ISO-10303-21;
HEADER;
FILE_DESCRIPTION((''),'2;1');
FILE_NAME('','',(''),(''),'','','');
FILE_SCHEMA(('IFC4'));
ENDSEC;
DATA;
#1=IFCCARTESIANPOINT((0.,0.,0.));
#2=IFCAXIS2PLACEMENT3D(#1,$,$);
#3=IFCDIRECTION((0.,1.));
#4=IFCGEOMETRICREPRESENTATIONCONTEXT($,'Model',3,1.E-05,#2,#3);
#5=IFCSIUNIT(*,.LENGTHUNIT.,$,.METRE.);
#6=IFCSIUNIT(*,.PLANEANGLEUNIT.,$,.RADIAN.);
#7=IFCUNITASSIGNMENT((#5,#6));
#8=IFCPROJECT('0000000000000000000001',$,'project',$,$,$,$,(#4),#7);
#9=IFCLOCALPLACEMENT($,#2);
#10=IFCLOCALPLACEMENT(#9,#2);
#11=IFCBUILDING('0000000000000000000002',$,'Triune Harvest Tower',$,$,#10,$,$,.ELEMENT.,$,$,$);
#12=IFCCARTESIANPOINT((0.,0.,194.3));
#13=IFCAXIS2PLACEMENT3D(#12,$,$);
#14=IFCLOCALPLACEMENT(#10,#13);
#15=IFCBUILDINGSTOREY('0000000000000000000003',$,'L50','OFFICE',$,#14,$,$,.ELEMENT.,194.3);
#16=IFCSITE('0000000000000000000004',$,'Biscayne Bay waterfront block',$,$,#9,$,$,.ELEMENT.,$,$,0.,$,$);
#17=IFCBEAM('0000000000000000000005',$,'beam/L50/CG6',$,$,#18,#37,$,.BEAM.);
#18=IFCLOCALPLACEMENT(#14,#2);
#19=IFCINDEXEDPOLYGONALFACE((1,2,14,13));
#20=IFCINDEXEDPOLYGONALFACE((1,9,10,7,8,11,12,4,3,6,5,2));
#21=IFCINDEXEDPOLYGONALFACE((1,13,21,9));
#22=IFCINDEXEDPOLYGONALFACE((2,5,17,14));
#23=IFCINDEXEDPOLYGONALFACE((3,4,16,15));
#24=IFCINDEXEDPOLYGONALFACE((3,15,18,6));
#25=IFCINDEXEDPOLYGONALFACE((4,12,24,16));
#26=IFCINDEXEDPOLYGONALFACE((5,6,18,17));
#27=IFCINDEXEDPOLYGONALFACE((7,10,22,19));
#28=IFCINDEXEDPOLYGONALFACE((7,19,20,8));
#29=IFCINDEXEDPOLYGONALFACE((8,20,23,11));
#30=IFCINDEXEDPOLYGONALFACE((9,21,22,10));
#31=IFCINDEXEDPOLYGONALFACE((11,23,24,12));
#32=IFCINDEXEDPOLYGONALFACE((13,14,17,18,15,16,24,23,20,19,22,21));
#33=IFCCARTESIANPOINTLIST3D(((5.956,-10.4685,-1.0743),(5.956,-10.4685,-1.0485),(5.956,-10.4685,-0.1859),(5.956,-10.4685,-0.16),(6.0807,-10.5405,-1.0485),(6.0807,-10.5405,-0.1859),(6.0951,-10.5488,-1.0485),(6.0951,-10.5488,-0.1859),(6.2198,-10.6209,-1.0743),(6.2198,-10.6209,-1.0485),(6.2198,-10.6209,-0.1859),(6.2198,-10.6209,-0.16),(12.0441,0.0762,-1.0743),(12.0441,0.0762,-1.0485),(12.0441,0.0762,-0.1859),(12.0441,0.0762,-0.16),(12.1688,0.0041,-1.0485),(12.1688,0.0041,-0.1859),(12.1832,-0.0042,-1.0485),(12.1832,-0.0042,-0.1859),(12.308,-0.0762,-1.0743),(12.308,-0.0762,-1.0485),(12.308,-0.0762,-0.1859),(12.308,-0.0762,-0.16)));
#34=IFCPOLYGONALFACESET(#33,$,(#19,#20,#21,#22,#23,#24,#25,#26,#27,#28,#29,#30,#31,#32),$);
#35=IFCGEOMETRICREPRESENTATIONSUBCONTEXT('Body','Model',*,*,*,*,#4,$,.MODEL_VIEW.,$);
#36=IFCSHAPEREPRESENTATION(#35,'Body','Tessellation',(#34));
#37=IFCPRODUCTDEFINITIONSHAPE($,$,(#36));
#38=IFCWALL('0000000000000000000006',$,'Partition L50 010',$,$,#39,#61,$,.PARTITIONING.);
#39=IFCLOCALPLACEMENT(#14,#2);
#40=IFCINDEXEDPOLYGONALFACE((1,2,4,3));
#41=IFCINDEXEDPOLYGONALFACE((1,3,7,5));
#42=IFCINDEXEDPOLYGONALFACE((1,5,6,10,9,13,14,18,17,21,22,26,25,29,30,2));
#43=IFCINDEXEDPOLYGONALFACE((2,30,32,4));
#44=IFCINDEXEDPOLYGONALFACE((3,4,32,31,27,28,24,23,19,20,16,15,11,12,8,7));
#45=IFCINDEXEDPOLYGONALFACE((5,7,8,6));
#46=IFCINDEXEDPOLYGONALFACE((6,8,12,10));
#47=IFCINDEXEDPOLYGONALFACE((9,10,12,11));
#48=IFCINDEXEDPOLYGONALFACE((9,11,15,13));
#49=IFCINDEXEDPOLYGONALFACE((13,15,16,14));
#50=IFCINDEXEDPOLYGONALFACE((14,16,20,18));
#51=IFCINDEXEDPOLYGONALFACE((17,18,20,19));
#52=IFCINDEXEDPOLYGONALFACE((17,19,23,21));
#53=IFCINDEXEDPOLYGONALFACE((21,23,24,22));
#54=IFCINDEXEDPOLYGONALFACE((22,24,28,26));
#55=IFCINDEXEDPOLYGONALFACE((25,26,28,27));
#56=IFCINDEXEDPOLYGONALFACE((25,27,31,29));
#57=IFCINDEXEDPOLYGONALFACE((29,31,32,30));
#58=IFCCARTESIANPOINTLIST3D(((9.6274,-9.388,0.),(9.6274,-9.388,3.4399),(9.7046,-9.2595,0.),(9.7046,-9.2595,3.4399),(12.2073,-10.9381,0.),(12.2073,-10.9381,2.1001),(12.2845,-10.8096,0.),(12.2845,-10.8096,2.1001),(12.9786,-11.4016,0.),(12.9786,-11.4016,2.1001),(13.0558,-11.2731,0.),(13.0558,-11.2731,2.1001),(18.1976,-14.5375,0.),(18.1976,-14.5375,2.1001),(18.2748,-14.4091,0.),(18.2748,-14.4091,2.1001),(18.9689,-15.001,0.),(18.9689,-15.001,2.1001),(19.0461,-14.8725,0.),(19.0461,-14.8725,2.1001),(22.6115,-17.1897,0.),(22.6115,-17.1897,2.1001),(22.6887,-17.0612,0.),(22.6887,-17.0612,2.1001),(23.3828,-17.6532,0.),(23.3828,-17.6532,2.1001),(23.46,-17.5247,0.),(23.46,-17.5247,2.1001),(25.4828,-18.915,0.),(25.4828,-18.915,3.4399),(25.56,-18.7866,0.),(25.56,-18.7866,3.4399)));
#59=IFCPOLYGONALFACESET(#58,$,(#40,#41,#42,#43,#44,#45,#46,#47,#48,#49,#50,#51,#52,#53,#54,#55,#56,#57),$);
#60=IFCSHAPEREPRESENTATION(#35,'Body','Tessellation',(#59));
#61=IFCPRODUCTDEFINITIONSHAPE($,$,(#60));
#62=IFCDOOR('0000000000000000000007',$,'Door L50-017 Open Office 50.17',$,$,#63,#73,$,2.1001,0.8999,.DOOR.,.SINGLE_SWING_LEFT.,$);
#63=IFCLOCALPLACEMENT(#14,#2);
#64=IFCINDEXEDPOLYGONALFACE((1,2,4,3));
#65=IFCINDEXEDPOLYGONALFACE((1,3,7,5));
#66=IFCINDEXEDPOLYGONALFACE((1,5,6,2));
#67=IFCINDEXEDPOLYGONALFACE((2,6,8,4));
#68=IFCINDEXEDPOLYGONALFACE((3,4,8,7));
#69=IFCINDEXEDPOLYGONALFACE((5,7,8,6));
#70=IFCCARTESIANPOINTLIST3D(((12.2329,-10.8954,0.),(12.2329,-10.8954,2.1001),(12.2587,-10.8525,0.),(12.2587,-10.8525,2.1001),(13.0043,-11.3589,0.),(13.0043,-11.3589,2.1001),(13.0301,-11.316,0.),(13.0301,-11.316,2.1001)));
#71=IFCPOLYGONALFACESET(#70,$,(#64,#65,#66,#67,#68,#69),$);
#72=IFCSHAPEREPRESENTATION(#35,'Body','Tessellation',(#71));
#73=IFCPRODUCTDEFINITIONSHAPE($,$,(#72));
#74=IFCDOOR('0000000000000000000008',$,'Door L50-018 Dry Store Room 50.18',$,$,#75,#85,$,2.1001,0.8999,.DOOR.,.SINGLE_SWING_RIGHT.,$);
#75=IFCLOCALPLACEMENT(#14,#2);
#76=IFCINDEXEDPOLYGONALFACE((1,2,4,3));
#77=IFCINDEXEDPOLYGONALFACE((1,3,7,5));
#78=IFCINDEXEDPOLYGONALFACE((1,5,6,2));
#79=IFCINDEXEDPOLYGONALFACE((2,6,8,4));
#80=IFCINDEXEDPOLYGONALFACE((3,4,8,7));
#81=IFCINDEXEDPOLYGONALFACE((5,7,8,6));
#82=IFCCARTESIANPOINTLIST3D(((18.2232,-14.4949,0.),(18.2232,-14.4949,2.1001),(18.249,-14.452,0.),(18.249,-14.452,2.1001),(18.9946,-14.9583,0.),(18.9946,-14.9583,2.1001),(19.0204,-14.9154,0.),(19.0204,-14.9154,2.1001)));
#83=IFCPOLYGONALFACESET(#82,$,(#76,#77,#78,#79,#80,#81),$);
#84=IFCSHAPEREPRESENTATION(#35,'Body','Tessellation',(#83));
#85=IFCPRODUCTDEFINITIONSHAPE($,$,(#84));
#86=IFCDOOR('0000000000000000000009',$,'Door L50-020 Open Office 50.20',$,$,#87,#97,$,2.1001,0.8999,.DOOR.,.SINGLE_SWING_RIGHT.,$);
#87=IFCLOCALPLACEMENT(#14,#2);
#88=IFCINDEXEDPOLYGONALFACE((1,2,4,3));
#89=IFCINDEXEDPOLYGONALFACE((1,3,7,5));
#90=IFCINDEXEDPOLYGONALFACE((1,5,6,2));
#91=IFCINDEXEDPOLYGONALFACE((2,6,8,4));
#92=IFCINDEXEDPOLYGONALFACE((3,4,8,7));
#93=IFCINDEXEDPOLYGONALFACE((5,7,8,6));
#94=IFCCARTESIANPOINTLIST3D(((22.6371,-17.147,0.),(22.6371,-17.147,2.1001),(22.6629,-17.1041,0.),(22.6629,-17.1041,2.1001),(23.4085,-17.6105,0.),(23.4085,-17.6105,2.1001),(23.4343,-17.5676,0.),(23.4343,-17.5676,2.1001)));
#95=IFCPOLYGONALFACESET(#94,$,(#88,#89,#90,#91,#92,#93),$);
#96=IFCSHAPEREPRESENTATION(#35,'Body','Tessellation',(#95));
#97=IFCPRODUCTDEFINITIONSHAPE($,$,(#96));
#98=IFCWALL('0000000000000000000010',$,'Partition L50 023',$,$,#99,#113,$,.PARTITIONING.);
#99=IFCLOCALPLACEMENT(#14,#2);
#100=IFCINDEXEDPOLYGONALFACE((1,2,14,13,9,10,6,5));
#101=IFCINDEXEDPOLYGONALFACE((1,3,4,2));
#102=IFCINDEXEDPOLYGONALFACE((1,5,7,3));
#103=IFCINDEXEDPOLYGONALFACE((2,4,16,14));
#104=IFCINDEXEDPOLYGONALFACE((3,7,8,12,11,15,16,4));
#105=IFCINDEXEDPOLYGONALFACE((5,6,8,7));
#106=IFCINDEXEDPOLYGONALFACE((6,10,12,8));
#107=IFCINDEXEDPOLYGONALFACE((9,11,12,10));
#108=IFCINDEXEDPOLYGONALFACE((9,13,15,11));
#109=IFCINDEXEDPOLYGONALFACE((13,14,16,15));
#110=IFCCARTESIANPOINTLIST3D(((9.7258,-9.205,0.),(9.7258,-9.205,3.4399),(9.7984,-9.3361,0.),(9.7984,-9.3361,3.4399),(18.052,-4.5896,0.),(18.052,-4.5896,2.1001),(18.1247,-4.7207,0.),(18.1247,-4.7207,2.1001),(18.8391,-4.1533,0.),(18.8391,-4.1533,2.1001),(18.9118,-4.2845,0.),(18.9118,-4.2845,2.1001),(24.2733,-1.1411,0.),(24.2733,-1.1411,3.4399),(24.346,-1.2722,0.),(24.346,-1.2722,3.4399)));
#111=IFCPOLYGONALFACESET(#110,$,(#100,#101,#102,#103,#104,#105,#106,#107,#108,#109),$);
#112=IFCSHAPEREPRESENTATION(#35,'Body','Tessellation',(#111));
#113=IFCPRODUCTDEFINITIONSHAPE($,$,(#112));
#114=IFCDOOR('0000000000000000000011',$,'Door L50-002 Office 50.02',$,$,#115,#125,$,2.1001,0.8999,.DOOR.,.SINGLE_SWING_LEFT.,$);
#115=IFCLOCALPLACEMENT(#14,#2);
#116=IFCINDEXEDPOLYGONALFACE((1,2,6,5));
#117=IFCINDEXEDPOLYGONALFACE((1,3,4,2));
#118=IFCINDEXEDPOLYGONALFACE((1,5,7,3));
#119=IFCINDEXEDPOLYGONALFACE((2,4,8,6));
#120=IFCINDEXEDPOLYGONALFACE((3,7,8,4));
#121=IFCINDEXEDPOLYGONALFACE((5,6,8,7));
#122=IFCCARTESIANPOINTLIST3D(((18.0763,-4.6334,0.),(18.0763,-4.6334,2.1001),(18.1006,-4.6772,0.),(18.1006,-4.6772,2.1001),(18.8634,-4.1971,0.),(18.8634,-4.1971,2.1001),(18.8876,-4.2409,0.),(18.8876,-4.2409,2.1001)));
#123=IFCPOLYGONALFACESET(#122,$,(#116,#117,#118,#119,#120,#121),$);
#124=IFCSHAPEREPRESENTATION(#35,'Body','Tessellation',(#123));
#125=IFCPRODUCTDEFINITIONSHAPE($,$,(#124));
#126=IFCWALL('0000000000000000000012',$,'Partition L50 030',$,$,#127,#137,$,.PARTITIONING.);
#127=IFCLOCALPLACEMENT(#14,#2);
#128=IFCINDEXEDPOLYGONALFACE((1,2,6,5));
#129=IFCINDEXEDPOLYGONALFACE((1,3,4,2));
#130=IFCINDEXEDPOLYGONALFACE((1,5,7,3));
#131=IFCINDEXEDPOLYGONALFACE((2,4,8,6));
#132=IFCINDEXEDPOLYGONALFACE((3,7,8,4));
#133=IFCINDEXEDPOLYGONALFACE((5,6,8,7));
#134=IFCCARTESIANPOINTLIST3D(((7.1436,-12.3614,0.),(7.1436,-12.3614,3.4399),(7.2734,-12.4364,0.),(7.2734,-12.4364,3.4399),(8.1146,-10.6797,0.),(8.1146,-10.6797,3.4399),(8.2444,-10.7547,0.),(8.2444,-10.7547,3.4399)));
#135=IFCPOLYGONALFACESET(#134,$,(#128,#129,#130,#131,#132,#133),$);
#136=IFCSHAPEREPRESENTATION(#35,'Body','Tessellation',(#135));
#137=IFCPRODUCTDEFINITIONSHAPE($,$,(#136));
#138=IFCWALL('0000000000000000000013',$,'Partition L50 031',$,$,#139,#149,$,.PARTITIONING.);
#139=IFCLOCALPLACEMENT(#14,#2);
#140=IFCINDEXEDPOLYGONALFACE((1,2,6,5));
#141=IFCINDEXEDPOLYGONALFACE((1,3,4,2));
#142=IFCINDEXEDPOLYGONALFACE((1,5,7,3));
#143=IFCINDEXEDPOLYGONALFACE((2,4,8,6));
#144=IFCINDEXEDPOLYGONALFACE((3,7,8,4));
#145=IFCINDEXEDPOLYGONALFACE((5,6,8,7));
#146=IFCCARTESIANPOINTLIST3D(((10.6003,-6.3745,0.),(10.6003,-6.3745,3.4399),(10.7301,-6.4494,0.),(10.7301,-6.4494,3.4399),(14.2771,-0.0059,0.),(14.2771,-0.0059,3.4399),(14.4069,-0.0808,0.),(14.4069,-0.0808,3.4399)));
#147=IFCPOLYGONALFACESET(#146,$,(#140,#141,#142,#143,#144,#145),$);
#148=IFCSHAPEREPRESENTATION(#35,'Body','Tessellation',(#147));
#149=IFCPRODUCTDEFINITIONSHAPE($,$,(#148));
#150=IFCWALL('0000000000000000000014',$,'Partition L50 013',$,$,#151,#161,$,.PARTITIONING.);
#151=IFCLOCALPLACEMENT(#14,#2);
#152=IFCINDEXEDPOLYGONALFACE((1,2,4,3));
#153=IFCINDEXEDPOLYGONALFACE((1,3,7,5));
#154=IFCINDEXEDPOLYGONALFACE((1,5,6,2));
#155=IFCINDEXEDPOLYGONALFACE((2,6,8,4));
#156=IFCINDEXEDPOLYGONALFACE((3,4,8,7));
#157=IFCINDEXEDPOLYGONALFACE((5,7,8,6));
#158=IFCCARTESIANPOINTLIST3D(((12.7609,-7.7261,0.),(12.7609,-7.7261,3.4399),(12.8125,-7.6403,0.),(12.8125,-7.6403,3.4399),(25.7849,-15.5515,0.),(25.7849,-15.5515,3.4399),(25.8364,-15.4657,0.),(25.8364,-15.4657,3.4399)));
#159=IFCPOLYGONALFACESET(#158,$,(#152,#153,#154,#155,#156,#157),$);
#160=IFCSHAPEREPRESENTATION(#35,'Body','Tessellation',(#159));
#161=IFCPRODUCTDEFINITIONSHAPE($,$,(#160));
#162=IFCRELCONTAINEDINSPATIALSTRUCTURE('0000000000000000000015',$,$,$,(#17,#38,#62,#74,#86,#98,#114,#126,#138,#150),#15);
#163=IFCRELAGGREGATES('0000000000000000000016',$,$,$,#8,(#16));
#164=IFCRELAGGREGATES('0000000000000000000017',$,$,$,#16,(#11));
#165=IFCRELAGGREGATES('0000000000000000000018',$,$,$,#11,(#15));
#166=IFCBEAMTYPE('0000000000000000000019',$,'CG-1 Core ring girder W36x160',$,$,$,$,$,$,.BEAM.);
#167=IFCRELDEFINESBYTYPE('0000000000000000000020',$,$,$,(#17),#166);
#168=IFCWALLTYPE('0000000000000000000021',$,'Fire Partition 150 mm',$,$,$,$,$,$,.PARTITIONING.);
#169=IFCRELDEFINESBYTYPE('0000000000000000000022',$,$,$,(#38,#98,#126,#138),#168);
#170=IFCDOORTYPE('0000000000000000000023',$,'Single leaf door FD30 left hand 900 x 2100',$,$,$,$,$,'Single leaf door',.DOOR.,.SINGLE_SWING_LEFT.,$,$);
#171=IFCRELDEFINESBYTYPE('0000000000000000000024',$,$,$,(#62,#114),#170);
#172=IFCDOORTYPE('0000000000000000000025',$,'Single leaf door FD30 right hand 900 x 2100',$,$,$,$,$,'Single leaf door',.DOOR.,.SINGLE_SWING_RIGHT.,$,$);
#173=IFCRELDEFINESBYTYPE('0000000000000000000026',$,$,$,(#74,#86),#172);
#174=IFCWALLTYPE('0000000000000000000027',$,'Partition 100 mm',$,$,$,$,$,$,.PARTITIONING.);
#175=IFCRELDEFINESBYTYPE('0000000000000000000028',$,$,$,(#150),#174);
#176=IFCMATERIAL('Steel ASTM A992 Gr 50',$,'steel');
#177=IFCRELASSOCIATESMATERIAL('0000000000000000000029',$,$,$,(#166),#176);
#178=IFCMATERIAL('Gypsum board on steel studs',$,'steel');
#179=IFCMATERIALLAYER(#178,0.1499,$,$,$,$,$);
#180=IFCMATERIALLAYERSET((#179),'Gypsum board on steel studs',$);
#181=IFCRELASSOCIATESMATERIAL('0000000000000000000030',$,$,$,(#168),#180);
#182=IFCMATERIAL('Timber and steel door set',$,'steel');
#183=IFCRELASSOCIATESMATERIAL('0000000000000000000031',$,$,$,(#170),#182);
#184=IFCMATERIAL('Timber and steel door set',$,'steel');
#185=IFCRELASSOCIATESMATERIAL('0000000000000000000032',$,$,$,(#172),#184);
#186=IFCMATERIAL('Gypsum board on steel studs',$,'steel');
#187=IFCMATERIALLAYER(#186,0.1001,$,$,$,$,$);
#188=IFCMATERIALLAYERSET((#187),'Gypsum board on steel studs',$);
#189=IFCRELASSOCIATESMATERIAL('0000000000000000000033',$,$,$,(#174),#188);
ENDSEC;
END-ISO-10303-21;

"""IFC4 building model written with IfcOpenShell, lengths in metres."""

from ifc_helpers import new_model, si_unit, direction, frame, frame_2d, origin, origin_2d, place, context, subcontext, project, spatial, rectangle, i_section, extrude, source, transform, mapped, material, layer, layer_set, material_profile, profile_set, type_object, element, fill, save


model = new_model("IFC4")

# Units and contexts
model_context = context("Model", 3, precision=1e-05, world=origin(), true_north=direction((0.0, 1.0)))
body_context = subcontext(model_context, "Body", "Model", "MODEL_VIEW")
ifc_project = project(units=[si_unit("LENGTHUNIT", "METRE"), si_unit("PLANEANGLEUNIT", "RADIAN")], contexts=[model_context])

# Site, building, storey
site_placement = place(None, origin())
site = spatial("IfcSite", under=ifc_project, at=site_placement, Name="Biscayne Bay waterfront block", CompositionType="ELEMENT", RefElevation=0.0)
building_placement = place(site_placement, origin())
building = spatial("IfcBuilding", under=site, at=building_placement, Name="Triune Harvest Tower", CompositionType="ELEMENT")
storey_placement = place(building_placement, frame((0.0, 0.0, 194.3)))
storey = spatial("IfcBuildingStorey", under=building, at=storey_placement, Name="L50", Description="OFFICE", CompositionType="ELEMENT", Elevation=194.3)

# Beam
ifc_material_1 = material(Name="Steel ASTM A992 Gr 50", Category="steel")
ifc_material_profile = material_profile(ifc_material_1, i_section(OverallWidth=0.3047, OverallDepth=0.9143, WebThickness=0.0166, FlangeThickness=0.0259, at=origin_2d()), Name="W36x160")
ifc_profile_set = profile_set([ifc_material_profile], Name="Steel ASTM A992 Gr 50")
beam_type = type_object("IfcBeamType", Name="CG-1 Core ring girder W36x160", PredefinedType="BEAM", material=ifc_profile_set)
shared_shape_1 = source(origin(), body_context, "Body", "SweptSolid", [
    extrude(i_section(OverallWidth=0.3047, OverallDepth=0.9143, WebThickness=0.0166, FlangeThickness=0.0259, at=origin_2d()), origin(), (0.0, 0.0, 1.0), 12.176),
])
beam_placement = place(storey_placement, frame((6.0879, -10.5447, -0.6172), z_axis=(0.50001, 0.86602, 0.0), x_axis=(-0.86602, 0.50001, 0.0)))
element("IfcBeam", 1, at=beam_placement, inside=storey, type_object=beam_type, Name="beam/L50/CG6", PredefinedType="BEAM", context=body_context, shape_type="MappedRepresentation", body=[
    mapped(shared_shape_1, transform((0.0, 0.0, 0.0), scale=1.0)),
])

# Wall, openings, doors
ifc_material_2 = material(Name="Gypsum board on steel studs", Category="steel")
ifc_layer_1 = layer(ifc_material_2, 0.1499)
ifc_layer_set_1 = layer_set([ifc_layer_1], Name="Gypsum board on steel studs")
wall_type_1 = type_object("IfcWallType", Name="Fire Partition 150 mm", PredefinedType="PARTITIONING", material=ifc_layer_set_1)
wall_1_placement = place(storey_placement, frame((9.666, -9.3237, 0.0), z_axis=(0.0, 0.0, 1.0), x_axis=(0.857163, -0.515045, 0.0)))
wall_1 = element("IfcWall", 2, at=wall_1_placement, inside=storey, type_object=wall_type_1, Name="Partition L50 010", PredefinedType="PARTITIONING", context=body_context, shape_type="SweptSolid", body=[
    extrude(rectangle(XDim=18.4976, YDim=0.1499, at=frame_2d((9.2488, 0.0))), origin(), (0.0, 0.0, 1.0), 3.4399),
])
opening_1_placement = place(wall_1_placement, frame((3.0098, 0.0, 0.0)))
opening_1 = element("IfcOpeningElement", 3, at=opening_1_placement, cuts=wall_1, PredefinedType="OPENING", context=body_context, shape_type="SweptSolid", body=[
    extrude(rectangle(XDim=0.8999, YDim=2.1001, at=frame_2d((0.45, 1.05))), frame((0.0, 0.085, 0.0), z_axis=(0.0, -1.0, 0.0), x_axis=(1.0, 0.0, 0.0)), (0.0, 0.0, 1.0), 0.1699),
])
opening_2_placement = place(wall_1_placement, frame((9.9983, 0.0, 0.0)))
opening_2 = element("IfcOpeningElement", 4, at=opening_2_placement, cuts=wall_1, PredefinedType="OPENING", context=body_context, shape_type="SweptSolid", body=[
    extrude(rectangle(XDim=0.8999, YDim=2.1001, at=frame_2d((0.45, 1.05))), frame((0.0, 0.085, 0.0), z_axis=(0.0, -1.0, 0.0), x_axis=(1.0, 0.0, 0.0)), (0.0, 0.0, 1.0), 0.1699),
])
opening_3_placement = place(wall_1_placement, frame((15.1477, 0.0, 0.0)))
opening_3 = element("IfcOpeningElement", 5, at=opening_3_placement, cuts=wall_1, PredefinedType="OPENING", context=body_context, shape_type="SweptSolid", body=[
    extrude(rectangle(XDim=0.8999, YDim=2.1001, at=frame_2d((0.45, 1.05))), frame((0.0, 0.085, 0.0), z_axis=(0.0, -1.0, 0.0), x_axis=(1.0, 0.0, 0.0)), (0.0, 0.0, 1.0), 0.1699),
])
ifc_material_3 = material(Name="Timber and steel door set", Category="steel")
door_type_1 = type_object("IfcDoorType", Name="Single leaf door FD30 left hand 900 x 2100", ElementType="Single leaf door", OperationType="SINGLE_SWING_LEFT", PredefinedType="DOOR", material=ifc_material_3)
door_1_placement = place(opening_1_placement, origin())
door_1 = element("IfcDoor", 6, at=door_1_placement, inside=storey, type_object=door_type_1, Name="Door L50-017 Open Office 50.17", OperationType="SINGLE_SWING_LEFT", OverallHeight=2.1001, OverallWidth=0.8999, PredefinedType="DOOR", context=body_context, shape_type="SweptSolid", body=[
    extrude(rectangle(XDim=0.8999, YDim=2.1001, at=frame_2d((0.45, 1.05))), frame((0.0, 0.0249, 0.0), z_axis=(0.0, -1.0, 0.0), x_axis=(1.0, 0.0, 0.0)), (0.0, 0.0, 1.0), 0.05),
])
fill(opening_1, door_1)
ifc_material_4 = material(Name="Timber and steel door set", Category="steel")
door_type_2 = type_object("IfcDoorType", Name="Single leaf door FD30 right hand 900 x 2100", ElementType="Single leaf door", OperationType="SINGLE_SWING_RIGHT", PredefinedType="DOOR", material=ifc_material_4)
door_2_placement = place(opening_2_placement, origin())
door_2 = element("IfcDoor", 7, at=door_2_placement, inside=storey, type_object=door_type_2, Name="Door L50-018 Dry Store Room 50.18", OperationType="SINGLE_SWING_RIGHT", OverallHeight=2.1001, OverallWidth=0.8999, PredefinedType="DOOR", context=body_context, shape_type="SweptSolid", body=[
    extrude(rectangle(XDim=0.8999, YDim=2.1001, at=frame_2d((0.45, 1.05))), frame((0.0, 0.0249, 0.0), z_axis=(0.0, -1.0, 0.0), x_axis=(1.0, 0.0, 0.0)), (0.0, 0.0, 1.0), 0.05),
])
fill(opening_2, door_2)
door_3_placement = place(opening_3_placement, origin())
door_3 = element("IfcDoor", 8, at=door_3_placement, inside=storey, type_object=door_type_2, Name="Door L50-020 Open Office 50.20", OperationType="SINGLE_SWING_RIGHT", OverallHeight=2.1001, OverallWidth=0.8999, PredefinedType="DOOR", context=body_context, shape_type="SweptSolid", body=[
    extrude(rectangle(XDim=0.8999, YDim=2.1001, at=frame_2d((0.45, 1.05))), frame((0.0, 0.0249, 0.0), z_axis=(0.0, -1.0, 0.0), x_axis=(1.0, 0.0, 0.0)), (0.0, 0.0, 1.0), 0.05),
])
fill(opening_3, door_3)

# Wall, opening, door
wall_2_placement = place(storey_placement, frame((9.7622, -9.2705, 0.0), z_axis=(0.0, 0.0, 1.0), x_axis=(0.874617, 0.484814, 0.0)))
wall_2 = element("IfcWall", 9, at=wall_2_placement, inside=storey, type_object=wall_type_1, Name="Partition L50 023", PredefinedType="PARTITIONING", context=body_context, shape_type="SweptSolid", body=[
    extrude(rectangle(XDim=16.6331, YDim=0.1499, at=frame_2d((8.3164, 0.0))), origin(), (0.0, 0.0, 1.0), 3.4399),
])
opening_4_placement = place(wall_2_placement, frame((9.5198, 0.0, 0.0)))
opening_4 = element("IfcOpeningElement", 10, at=opening_4_placement, cuts=wall_2, PredefinedType="OPENING", context=body_context, shape_type="SweptSolid", body=[
    extrude(rectangle(XDim=0.8999, YDim=2.1001, at=frame_2d((0.45, 1.05))), frame((0.0, 0.085, 0.0), z_axis=(0.0, -1.0, 0.0), x_axis=(1.0, 0.0, 0.0)), (0.0, 0.0, 1.0), 0.1699),
])
door_4_placement = place(opening_4_placement, origin())
door_4 = element("IfcDoor", 11, at=door_4_placement, inside=storey, type_object=door_type_1, Name="Door L50-002 Office 50.02", OperationType="SINGLE_SWING_LEFT", OverallHeight=2.1001, OverallWidth=0.8999, PredefinedType="DOOR", context=body_context, shape_type="SweptSolid", body=[
    extrude(rectangle(XDim=0.8999, YDim=2.1001, at=frame_2d((0.45, 1.05))), frame((0.0, 0.0249, 0.0), z_axis=(0.0, -1.0, 0.0), x_axis=(1.0, 0.0, 0.0)), (0.0, 0.0, 1.0), 0.05),
])
fill(opening_4, door_4)

# Walls
wall_3_placement = place(storey_placement, frame((7.2085, -12.3989, 0.0), z_axis=(0.0, 0.0, 1.0), x_axis=(0.50002, 0.866014, 0.0)))
element("IfcWall", 12, at=wall_3_placement, inside=storey, type_object=wall_type_1, Name="Partition L50 030", PredefinedType="PARTITIONING", context=body_context, shape_type="SweptSolid", body=[
    extrude(rectangle(XDim=1.9419, YDim=0.1499, at=frame_2d((0.9709, 0.0))), origin(), (0.0, 0.0, 1.0), 3.4399),
])
wall_4_placement = place(storey_placement, frame((10.6653, -6.4119, 0.0), z_axis=(0.0, 0.0, 1.0), x_axis=(0.499981, 0.866036, 0.0)))
element("IfcWall", 13, at=wall_4_placement, inside=storey, type_object=wall_type_1, Name="Partition L50 031", PredefinedType="PARTITIONING", context=body_context, shape_type="SweptSolid", body=[
    extrude(rectangle(XDim=7.3538, YDim=0.1499, at=frame_2d((3.6768, 0.0))), origin(), (0.0, 0.0, 1.0), 3.4399),
])
ifc_material_5 = material(Name="Gypsum board on steel studs", Category="steel")
ifc_layer_2 = layer(ifc_material_5, 0.1001)
ifc_layer_set_2 = layer_set([ifc_layer_2], Name="Gypsum board on steel studs")
wall_type_2 = type_object("IfcWallType", Name="Partition 100 mm", PredefinedType="PARTITIONING", material=ifc_layer_set_2)
wall_5_placement = place(storey_placement, frame((12.7866, -7.6831, 0.0), z_axis=(0.0, 0.0, 1.0), x_axis=(0.857171, -0.515032, 0.0)))
element("IfcWall", 14, at=wall_5_placement, inside=storey, type_object=wall_type_2, Name="Partition L50 013", PredefinedType="PARTITIONING", context=body_context, shape_type="SweptSolid", body=[
    extrude(rectangle(XDim=15.1941, YDim=0.1001, at=frame_2d((7.5972, 0.0))), origin(), (0.0, 0.0, 1.0), 3.4399),
])

save(model, "model.ifc")
